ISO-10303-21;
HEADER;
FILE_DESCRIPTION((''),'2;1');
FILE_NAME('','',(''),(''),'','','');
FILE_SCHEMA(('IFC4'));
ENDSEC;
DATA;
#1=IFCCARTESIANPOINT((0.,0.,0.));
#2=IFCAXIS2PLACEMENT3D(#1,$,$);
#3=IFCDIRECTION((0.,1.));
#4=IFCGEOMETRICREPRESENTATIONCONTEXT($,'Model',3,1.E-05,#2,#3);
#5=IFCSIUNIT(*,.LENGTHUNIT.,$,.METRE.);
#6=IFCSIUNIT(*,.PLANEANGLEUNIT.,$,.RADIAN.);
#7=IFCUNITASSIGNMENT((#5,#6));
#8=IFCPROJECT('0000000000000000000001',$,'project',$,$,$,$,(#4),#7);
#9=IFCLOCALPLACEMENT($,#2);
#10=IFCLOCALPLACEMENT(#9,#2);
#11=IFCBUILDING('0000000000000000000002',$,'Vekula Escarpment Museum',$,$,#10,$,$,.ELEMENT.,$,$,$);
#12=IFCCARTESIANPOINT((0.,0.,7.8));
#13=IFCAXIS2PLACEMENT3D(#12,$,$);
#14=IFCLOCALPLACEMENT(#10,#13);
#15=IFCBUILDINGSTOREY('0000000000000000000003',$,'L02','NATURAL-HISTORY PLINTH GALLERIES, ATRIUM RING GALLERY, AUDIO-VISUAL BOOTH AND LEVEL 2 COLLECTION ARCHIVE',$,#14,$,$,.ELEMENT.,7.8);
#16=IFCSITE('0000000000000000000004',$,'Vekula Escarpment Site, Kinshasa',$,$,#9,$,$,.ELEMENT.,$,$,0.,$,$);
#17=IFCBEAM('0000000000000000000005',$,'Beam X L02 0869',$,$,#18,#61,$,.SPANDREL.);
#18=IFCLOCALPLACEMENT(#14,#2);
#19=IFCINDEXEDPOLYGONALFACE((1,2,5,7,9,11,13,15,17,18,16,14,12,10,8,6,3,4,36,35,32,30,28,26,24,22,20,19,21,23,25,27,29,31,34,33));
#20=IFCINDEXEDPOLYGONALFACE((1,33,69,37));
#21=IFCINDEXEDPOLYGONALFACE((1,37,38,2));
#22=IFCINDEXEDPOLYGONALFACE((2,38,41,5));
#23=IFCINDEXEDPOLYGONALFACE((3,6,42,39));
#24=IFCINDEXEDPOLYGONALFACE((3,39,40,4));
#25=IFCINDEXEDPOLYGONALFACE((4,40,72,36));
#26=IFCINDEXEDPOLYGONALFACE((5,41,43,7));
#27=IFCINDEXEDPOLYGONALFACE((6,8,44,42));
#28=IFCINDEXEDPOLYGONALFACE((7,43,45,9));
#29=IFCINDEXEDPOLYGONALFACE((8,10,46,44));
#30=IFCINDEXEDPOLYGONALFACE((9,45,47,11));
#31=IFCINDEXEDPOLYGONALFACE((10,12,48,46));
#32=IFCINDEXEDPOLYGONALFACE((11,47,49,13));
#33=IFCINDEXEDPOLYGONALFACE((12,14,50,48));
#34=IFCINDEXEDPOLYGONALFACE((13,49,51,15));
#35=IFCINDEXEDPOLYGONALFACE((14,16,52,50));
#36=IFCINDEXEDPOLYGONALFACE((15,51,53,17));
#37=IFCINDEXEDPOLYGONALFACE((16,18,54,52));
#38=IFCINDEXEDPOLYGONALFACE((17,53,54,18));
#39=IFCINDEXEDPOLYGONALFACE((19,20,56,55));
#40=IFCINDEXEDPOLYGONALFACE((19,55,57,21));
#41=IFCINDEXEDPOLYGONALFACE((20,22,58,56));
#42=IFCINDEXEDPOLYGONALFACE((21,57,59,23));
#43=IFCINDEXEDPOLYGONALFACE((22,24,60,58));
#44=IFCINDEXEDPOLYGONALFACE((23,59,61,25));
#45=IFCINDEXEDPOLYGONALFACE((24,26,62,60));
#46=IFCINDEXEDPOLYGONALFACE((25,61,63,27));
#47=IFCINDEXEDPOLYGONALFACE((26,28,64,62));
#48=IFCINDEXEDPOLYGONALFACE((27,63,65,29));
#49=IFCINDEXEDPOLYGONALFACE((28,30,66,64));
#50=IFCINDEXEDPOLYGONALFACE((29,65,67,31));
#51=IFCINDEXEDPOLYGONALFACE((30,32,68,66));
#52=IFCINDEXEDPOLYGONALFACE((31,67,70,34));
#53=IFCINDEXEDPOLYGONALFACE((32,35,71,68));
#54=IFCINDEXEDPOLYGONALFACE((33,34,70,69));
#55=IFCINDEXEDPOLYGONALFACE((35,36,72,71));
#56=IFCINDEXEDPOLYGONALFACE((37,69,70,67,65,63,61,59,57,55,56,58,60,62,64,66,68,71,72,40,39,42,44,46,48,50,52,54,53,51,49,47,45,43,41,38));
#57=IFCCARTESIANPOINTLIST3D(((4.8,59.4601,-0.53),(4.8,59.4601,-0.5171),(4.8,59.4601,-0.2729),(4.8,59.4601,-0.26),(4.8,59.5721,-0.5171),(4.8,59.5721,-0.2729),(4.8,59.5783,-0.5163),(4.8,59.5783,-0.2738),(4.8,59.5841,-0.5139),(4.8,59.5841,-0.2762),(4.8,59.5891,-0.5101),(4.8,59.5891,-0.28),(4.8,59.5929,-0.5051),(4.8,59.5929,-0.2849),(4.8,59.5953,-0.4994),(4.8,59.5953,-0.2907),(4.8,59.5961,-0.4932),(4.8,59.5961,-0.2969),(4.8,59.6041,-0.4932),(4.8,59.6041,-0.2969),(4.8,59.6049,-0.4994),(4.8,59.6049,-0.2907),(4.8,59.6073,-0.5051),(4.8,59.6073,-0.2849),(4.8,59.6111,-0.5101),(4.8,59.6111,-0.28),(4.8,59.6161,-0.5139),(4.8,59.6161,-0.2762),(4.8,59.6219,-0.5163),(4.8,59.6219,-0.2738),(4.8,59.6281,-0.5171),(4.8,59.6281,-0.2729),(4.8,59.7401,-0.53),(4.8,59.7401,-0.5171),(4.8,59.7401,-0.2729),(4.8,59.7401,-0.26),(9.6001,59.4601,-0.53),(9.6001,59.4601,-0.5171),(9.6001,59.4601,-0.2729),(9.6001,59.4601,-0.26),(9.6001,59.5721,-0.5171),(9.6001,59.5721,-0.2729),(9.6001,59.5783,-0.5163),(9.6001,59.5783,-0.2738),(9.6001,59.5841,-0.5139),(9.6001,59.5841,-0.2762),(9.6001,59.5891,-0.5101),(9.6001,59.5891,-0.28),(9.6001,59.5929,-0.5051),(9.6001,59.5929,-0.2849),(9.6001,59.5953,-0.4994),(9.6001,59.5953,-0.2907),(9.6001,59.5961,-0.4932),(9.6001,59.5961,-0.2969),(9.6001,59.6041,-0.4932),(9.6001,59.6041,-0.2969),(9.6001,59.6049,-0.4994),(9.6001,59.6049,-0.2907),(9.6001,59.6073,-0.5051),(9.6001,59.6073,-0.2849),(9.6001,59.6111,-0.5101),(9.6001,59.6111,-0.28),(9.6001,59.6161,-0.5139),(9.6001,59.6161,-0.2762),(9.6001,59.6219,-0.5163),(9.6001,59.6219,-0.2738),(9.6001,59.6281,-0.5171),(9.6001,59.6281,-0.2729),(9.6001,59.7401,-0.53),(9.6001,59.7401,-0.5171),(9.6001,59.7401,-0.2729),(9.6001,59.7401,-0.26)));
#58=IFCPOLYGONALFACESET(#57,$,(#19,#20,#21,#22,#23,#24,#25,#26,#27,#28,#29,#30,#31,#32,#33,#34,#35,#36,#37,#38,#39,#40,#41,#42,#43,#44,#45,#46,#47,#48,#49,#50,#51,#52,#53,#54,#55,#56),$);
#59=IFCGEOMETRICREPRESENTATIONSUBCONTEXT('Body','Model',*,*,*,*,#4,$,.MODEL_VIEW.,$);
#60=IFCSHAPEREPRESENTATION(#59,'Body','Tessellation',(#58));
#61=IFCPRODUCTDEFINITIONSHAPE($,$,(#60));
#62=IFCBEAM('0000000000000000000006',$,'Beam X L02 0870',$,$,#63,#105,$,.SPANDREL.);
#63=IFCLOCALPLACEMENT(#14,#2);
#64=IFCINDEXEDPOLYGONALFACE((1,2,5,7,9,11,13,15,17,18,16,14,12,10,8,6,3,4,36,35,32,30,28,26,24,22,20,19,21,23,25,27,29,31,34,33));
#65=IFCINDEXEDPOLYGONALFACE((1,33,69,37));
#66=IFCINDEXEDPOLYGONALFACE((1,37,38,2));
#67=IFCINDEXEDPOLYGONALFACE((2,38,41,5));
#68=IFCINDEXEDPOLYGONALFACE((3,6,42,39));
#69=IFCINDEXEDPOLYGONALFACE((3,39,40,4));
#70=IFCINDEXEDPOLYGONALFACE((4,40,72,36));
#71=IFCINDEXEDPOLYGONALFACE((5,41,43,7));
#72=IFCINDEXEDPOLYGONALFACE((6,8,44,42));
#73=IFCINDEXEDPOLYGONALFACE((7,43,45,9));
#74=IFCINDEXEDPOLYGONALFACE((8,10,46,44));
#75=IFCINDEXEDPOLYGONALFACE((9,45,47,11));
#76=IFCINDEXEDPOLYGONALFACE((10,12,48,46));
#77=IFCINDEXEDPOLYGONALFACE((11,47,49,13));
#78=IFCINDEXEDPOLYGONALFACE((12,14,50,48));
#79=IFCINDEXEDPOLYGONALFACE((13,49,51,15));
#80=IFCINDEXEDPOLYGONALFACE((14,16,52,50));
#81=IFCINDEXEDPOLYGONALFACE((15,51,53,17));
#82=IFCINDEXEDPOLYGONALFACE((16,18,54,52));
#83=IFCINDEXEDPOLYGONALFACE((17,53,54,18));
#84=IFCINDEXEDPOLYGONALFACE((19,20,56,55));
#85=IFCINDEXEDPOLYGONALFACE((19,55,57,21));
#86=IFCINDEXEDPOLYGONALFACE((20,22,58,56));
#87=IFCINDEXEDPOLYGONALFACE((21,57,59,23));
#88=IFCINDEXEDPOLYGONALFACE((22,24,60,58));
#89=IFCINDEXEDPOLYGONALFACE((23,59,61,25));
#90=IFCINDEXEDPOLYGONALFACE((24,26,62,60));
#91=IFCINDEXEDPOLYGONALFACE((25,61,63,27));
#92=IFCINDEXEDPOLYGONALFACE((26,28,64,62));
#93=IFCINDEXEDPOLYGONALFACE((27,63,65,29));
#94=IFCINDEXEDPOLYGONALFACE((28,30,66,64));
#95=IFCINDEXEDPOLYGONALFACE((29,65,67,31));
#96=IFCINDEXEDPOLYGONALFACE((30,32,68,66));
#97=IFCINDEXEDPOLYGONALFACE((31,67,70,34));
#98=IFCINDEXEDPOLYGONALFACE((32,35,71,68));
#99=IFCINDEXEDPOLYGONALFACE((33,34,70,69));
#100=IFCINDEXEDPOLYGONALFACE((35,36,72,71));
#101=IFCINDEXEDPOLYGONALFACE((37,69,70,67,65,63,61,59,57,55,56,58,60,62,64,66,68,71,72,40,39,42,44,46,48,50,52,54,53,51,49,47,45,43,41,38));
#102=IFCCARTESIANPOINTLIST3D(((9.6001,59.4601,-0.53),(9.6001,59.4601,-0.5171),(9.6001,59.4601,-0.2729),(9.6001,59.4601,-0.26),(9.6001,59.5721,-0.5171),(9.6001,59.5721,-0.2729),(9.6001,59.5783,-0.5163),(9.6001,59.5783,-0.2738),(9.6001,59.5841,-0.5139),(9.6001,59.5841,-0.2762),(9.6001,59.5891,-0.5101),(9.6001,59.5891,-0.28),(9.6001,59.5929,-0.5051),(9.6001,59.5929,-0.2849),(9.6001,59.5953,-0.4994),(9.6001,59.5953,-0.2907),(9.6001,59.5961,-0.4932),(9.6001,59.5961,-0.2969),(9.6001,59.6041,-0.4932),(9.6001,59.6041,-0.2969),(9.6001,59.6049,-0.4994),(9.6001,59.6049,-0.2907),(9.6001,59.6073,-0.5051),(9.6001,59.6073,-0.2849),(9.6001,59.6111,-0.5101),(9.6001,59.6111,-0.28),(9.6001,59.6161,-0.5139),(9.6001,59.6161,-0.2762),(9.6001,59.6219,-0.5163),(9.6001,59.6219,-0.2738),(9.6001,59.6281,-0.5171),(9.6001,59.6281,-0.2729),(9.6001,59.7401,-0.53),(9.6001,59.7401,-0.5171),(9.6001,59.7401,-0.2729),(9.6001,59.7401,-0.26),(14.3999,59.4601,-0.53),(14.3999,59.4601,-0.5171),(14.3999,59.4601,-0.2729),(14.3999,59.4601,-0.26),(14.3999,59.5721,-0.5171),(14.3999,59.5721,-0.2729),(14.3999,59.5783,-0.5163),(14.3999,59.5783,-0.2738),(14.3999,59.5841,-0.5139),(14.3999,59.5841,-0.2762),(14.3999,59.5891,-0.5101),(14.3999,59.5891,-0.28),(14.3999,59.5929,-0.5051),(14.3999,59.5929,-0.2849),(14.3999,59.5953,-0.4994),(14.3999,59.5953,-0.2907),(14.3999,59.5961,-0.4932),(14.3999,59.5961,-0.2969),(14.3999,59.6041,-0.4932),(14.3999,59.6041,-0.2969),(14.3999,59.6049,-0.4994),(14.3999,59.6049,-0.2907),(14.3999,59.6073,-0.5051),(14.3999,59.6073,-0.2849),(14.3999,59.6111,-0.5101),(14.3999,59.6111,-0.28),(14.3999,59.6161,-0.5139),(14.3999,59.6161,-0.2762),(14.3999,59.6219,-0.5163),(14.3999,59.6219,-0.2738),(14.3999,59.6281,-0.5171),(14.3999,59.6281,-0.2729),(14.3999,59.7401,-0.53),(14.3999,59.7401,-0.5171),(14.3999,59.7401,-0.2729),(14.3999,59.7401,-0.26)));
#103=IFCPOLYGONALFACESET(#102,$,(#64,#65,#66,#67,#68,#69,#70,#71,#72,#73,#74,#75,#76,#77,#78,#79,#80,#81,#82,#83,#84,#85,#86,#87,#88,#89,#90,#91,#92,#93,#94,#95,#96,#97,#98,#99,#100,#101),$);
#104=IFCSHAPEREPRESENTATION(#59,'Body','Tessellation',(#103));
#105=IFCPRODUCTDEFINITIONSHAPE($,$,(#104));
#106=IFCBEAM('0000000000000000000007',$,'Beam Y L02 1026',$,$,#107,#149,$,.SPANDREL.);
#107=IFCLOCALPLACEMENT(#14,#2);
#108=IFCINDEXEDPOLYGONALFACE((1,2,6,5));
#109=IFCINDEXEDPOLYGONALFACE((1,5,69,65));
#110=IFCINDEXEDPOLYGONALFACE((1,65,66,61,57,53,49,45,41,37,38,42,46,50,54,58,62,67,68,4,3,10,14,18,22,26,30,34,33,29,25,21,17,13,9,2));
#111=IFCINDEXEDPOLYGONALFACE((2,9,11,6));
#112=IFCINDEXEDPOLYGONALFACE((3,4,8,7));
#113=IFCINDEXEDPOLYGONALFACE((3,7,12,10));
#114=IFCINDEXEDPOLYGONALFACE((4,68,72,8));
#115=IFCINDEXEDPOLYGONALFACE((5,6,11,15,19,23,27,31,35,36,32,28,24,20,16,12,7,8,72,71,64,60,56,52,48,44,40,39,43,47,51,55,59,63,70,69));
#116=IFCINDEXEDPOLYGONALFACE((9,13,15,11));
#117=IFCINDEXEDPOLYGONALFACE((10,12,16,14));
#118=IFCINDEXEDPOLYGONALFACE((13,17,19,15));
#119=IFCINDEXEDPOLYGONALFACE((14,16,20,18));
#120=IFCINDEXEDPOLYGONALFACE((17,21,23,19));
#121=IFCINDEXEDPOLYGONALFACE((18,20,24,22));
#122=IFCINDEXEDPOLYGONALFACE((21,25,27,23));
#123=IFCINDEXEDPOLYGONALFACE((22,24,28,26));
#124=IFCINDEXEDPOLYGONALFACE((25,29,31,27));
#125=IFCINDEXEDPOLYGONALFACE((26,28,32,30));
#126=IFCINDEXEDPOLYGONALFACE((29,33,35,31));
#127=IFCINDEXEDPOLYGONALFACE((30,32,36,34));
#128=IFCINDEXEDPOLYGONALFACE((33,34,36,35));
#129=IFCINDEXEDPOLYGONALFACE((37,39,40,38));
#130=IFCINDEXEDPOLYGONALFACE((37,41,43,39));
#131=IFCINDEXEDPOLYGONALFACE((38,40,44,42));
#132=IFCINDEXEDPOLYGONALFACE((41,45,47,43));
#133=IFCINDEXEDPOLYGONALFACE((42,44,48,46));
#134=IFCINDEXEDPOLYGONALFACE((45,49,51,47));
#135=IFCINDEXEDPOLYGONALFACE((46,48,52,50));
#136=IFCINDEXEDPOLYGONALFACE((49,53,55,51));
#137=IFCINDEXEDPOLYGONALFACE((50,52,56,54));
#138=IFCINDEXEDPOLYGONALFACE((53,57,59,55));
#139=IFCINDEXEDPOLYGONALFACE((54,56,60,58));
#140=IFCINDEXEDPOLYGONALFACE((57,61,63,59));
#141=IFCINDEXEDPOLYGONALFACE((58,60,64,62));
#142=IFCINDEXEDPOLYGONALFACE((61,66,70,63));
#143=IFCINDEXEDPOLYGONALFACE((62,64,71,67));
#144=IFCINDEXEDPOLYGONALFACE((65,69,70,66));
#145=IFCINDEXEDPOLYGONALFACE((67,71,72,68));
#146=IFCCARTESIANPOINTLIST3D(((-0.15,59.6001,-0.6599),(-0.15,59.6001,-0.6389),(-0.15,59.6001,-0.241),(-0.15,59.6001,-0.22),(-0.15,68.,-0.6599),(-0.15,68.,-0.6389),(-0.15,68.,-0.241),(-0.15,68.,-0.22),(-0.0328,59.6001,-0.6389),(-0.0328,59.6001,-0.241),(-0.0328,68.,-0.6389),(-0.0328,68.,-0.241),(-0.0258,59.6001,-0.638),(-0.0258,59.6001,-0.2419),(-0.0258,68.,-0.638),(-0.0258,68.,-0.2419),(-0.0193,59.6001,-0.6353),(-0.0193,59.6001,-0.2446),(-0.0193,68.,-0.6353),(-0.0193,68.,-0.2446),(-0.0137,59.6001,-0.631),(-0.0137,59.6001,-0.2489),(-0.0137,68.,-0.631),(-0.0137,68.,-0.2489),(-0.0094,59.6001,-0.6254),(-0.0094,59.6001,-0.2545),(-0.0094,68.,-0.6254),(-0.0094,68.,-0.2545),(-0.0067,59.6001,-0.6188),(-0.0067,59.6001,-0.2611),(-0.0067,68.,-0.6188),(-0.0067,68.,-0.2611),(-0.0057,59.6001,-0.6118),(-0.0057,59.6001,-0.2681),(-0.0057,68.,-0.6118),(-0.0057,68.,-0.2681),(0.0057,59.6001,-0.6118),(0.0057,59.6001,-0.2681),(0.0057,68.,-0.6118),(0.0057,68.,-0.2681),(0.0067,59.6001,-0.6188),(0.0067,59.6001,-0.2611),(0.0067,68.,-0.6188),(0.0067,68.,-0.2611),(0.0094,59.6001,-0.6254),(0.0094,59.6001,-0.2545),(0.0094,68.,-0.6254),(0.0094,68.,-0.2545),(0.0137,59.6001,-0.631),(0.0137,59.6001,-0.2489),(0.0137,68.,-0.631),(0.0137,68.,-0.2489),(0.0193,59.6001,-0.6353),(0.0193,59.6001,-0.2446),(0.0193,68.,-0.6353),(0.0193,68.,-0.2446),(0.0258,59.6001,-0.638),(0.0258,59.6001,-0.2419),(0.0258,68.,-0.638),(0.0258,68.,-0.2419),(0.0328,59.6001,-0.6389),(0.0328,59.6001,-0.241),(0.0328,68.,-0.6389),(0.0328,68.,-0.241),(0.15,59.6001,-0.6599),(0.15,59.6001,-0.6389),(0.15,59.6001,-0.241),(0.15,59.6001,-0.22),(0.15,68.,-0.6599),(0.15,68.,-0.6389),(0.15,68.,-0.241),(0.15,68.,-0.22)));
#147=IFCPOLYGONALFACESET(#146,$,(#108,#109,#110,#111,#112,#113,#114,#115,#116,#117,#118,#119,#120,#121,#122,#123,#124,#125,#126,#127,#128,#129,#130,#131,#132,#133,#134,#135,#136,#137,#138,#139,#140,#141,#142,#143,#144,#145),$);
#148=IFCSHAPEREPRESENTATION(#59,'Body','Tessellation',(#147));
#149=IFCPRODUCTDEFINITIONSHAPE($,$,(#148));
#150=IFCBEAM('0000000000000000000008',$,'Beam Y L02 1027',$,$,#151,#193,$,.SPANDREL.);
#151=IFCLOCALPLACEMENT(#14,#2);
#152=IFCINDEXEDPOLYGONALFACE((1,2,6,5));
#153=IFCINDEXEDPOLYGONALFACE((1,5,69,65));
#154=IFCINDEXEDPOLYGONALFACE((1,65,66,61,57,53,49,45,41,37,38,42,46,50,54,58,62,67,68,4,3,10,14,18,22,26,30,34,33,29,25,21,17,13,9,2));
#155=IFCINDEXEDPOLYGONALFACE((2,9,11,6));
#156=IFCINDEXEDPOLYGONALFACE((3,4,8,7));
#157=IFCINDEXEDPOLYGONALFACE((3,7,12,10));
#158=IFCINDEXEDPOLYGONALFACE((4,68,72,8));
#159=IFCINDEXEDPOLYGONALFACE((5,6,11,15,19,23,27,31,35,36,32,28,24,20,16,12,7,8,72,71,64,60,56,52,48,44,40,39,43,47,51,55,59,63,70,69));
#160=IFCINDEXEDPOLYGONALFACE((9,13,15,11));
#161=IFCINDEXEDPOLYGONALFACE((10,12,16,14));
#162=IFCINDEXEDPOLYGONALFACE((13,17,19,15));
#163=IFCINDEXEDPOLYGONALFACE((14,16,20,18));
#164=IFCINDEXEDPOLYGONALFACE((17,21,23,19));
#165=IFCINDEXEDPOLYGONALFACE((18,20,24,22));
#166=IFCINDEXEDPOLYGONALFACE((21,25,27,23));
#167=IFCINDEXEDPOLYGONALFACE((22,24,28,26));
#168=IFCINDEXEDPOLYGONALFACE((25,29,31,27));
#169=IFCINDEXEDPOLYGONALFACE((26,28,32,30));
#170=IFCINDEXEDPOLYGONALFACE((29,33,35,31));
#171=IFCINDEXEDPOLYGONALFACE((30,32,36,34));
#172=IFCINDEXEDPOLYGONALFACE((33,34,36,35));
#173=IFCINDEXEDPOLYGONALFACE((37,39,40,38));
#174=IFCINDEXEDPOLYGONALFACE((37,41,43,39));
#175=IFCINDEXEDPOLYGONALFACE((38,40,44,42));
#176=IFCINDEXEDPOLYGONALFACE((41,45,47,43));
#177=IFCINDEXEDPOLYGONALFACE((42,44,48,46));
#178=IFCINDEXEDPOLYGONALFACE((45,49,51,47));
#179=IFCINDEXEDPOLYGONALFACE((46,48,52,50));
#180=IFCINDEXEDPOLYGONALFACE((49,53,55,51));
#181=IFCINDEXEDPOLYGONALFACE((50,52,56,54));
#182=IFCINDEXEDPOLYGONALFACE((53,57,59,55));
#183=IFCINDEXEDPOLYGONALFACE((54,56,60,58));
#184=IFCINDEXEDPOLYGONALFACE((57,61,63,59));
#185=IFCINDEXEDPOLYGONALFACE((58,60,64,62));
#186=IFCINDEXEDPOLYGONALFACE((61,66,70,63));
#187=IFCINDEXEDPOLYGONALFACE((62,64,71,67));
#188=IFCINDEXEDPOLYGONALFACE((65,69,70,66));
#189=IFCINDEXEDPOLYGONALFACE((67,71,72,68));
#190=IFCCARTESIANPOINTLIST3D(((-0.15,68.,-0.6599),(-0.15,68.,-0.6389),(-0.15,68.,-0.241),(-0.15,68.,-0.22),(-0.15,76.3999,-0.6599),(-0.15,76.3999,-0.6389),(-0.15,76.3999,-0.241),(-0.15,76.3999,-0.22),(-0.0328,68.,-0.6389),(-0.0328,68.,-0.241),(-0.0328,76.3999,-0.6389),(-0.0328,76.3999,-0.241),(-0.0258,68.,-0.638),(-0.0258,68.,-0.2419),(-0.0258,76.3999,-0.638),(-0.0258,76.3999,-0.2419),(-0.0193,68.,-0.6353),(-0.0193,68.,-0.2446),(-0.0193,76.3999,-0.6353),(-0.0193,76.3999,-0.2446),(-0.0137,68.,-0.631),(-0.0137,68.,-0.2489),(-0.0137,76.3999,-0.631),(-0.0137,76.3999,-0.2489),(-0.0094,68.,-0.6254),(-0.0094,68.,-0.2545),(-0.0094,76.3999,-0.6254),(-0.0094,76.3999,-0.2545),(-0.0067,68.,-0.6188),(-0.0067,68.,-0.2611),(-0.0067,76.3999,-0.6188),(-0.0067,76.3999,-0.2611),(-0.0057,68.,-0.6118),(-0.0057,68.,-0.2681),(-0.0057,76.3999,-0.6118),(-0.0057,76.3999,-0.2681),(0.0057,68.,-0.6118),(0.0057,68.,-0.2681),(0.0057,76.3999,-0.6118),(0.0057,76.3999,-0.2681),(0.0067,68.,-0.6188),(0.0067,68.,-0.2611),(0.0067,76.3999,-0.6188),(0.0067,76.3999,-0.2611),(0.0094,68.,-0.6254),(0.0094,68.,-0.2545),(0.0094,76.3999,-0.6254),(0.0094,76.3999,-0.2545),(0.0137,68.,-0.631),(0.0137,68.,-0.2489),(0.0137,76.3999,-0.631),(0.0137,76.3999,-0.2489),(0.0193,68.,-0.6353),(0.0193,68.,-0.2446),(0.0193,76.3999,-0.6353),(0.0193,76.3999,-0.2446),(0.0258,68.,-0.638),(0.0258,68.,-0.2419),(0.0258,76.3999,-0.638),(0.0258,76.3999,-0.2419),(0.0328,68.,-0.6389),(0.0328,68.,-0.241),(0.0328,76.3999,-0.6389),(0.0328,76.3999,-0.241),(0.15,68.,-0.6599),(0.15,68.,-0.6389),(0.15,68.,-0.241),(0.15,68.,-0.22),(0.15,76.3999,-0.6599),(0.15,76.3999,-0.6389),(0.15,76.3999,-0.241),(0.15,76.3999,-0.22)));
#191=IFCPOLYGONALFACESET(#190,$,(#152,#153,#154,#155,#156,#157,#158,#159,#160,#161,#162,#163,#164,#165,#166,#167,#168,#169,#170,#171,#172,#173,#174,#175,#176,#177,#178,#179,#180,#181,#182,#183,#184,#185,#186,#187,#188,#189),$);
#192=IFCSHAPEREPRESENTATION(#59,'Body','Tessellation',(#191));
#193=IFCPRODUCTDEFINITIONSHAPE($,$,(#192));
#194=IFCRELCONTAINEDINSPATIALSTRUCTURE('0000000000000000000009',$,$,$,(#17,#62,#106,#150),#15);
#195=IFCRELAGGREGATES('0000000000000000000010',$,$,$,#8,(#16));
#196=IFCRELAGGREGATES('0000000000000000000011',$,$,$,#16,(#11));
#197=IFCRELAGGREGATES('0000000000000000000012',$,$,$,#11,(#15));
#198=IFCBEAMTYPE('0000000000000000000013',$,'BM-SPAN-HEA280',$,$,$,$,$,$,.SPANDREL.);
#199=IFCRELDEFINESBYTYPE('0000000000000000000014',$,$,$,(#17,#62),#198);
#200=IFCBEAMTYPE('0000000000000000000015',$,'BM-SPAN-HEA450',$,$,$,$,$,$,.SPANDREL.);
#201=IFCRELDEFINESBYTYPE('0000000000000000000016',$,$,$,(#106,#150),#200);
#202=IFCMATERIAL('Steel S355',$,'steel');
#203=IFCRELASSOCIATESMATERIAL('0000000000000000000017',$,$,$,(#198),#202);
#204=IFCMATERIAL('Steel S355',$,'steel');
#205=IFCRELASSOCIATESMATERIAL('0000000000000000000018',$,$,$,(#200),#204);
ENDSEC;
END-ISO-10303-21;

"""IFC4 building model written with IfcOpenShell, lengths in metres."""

from ifc_helpers import new_model, si_unit, direction, frame, origin, origin_2d, place, context, subcontext, project, spatial, i_section, extrude, material, material_profile, profile_set, type_object, element, save


model = new_model("IFC4")

# Units and contexts
model_context = context("Model", 3, precision=1e-05, world=origin(), true_north=direction((0.0, 1.0)))
body_context = subcontext(model_context, "Body", "Model", "MODEL_VIEW")
ifc_project = project(units=[si_unit("LENGTHUNIT", "METRE"), si_unit("PLANEANGLEUNIT", "RADIAN")], contexts=[model_context])

# Site, building, storey
site_placement = place(None, origin())
site = spatial("IfcSite", under=ifc_project, at=site_placement, Name="Vekula Escarpment Site, Kinshasa", CompositionType="ELEMENT", RefElevation=0.0)
building_placement = place(site_placement, origin())
building = spatial("IfcBuilding", under=site, at=building_placement, Name="Vekula Escarpment Museum", CompositionType="ELEMENT")
storey_placement = place(building_placement, frame((0.0, 0.0, 7.8)))
storey = spatial("IfcBuildingStorey", under=building, at=storey_placement, Name="L02", Description="NATURAL-HISTORY PLINTH GALLERIES, ATRIUM RING GALLERY, AUDIO-VISUAL BOOTH AND LEVEL 2 COLLECTION ARCHIVE", CompositionType="ELEMENT", Elevation=7.8)

# Beams
ifc_material_1 = material(Name="Steel S355", Category="steel")
ifc_material_profile_1 = material_profile(ifc_material_1, i_section(OverallWidth=0.28, OverallDepth=0.27, WebThickness=0.0081, FlangeThickness=0.0129, FilletRadius=0.0239, at=origin_2d()), Name="HEA 280")
ifc_profile_set_1 = profile_set([ifc_material_profile_1], Name="Steel S355")
beam_type_1 = type_object("IfcBeamType", Name="BM-SPAN-HEA280", PredefinedType="SPANDREL", material=ifc_profile_set_1)
beam_1_placement = place(storey_placement, frame((4.8, 59.6001, -0.395), z_axis=(1.0, 0.0, 0.0), x_axis=(0.0, 1.0, 0.0)))
element("IfcBeam", 1, at=beam_1_placement, inside=storey, type_object=beam_type_1, Name="Beam X L02 0869", PredefinedType="SPANDREL", context=body_context, shape_type="SweptSolid", body=[
    extrude(i_section(OverallWidth=0.28, OverallDepth=0.27, WebThickness=0.0081, FlangeThickness=0.0129, FilletRadius=0.0239, at=origin_2d()), origin(), (0.0, 0.0, 1.0), 4.8),
])
beam_2_placement = place(storey_placement, frame((9.6001, 59.6001, -0.395), z_axis=(1.0, 0.0, 0.0), x_axis=(0.0, 1.0, 0.0)))
element("IfcBeam", 2, at=beam_2_placement, inside=storey, type_object=beam_type_1, Name="Beam X L02 0870", PredefinedType="SPANDREL", context=body_context, shape_type="SweptSolid", body=[
    extrude(i_section(OverallWidth=0.28, OverallDepth=0.27, WebThickness=0.0081, FlangeThickness=0.0129, FilletRadius=0.0239, at=origin_2d()), origin(), (0.0, 0.0, 1.0), 4.7998),
])
ifc_material_2 = material(Name="Steel S355", Category="steel")
ifc_material_profile_2 = material_profile(ifc_material_2, i_section(OverallWidth=0.3, OverallDepth=0.4399, WebThickness=0.0115, FlangeThickness=0.021, FilletRadius=0.0271, at=origin_2d()), Name="HEA 450")
ifc_profile_set_2 = profile_set([ifc_material_profile_2], Name="Steel S355")
beam_type_2 = type_object("IfcBeamType", Name="BM-SPAN-HEA450", PredefinedType="SPANDREL", material=ifc_profile_set_2)
for number, where, z_axis, x_axis, name in (
    (3, (0.0, 59.6001, -0.4399), (0.0, 1.0, 0.0), (-1.0, 0.0, 0.0), "Beam Y L02 1026"),
    (4, (0.0, 68.0, -0.4399), (0.0, 1.0, 0.0), (-1.0, 0.0, 0.0), "Beam Y L02 1027"),
):
    element("IfcBeam", number, at=place(storey_placement, frame(where, z_axis=z_axis, x_axis=x_axis)), inside=storey, type_object=beam_type_2, Name=name, PredefinedType="SPANDREL", context=body_context, shape_type="SweptSolid", body=[
        extrude(i_section(OverallWidth=0.3, OverallDepth=0.4399, WebThickness=0.0115, FlangeThickness=0.021, FilletRadius=0.0271, at=origin_2d()), origin(), (0.0, 0.0, 1.0), 8.3999),
    ])

save(model, "model.ifc")
